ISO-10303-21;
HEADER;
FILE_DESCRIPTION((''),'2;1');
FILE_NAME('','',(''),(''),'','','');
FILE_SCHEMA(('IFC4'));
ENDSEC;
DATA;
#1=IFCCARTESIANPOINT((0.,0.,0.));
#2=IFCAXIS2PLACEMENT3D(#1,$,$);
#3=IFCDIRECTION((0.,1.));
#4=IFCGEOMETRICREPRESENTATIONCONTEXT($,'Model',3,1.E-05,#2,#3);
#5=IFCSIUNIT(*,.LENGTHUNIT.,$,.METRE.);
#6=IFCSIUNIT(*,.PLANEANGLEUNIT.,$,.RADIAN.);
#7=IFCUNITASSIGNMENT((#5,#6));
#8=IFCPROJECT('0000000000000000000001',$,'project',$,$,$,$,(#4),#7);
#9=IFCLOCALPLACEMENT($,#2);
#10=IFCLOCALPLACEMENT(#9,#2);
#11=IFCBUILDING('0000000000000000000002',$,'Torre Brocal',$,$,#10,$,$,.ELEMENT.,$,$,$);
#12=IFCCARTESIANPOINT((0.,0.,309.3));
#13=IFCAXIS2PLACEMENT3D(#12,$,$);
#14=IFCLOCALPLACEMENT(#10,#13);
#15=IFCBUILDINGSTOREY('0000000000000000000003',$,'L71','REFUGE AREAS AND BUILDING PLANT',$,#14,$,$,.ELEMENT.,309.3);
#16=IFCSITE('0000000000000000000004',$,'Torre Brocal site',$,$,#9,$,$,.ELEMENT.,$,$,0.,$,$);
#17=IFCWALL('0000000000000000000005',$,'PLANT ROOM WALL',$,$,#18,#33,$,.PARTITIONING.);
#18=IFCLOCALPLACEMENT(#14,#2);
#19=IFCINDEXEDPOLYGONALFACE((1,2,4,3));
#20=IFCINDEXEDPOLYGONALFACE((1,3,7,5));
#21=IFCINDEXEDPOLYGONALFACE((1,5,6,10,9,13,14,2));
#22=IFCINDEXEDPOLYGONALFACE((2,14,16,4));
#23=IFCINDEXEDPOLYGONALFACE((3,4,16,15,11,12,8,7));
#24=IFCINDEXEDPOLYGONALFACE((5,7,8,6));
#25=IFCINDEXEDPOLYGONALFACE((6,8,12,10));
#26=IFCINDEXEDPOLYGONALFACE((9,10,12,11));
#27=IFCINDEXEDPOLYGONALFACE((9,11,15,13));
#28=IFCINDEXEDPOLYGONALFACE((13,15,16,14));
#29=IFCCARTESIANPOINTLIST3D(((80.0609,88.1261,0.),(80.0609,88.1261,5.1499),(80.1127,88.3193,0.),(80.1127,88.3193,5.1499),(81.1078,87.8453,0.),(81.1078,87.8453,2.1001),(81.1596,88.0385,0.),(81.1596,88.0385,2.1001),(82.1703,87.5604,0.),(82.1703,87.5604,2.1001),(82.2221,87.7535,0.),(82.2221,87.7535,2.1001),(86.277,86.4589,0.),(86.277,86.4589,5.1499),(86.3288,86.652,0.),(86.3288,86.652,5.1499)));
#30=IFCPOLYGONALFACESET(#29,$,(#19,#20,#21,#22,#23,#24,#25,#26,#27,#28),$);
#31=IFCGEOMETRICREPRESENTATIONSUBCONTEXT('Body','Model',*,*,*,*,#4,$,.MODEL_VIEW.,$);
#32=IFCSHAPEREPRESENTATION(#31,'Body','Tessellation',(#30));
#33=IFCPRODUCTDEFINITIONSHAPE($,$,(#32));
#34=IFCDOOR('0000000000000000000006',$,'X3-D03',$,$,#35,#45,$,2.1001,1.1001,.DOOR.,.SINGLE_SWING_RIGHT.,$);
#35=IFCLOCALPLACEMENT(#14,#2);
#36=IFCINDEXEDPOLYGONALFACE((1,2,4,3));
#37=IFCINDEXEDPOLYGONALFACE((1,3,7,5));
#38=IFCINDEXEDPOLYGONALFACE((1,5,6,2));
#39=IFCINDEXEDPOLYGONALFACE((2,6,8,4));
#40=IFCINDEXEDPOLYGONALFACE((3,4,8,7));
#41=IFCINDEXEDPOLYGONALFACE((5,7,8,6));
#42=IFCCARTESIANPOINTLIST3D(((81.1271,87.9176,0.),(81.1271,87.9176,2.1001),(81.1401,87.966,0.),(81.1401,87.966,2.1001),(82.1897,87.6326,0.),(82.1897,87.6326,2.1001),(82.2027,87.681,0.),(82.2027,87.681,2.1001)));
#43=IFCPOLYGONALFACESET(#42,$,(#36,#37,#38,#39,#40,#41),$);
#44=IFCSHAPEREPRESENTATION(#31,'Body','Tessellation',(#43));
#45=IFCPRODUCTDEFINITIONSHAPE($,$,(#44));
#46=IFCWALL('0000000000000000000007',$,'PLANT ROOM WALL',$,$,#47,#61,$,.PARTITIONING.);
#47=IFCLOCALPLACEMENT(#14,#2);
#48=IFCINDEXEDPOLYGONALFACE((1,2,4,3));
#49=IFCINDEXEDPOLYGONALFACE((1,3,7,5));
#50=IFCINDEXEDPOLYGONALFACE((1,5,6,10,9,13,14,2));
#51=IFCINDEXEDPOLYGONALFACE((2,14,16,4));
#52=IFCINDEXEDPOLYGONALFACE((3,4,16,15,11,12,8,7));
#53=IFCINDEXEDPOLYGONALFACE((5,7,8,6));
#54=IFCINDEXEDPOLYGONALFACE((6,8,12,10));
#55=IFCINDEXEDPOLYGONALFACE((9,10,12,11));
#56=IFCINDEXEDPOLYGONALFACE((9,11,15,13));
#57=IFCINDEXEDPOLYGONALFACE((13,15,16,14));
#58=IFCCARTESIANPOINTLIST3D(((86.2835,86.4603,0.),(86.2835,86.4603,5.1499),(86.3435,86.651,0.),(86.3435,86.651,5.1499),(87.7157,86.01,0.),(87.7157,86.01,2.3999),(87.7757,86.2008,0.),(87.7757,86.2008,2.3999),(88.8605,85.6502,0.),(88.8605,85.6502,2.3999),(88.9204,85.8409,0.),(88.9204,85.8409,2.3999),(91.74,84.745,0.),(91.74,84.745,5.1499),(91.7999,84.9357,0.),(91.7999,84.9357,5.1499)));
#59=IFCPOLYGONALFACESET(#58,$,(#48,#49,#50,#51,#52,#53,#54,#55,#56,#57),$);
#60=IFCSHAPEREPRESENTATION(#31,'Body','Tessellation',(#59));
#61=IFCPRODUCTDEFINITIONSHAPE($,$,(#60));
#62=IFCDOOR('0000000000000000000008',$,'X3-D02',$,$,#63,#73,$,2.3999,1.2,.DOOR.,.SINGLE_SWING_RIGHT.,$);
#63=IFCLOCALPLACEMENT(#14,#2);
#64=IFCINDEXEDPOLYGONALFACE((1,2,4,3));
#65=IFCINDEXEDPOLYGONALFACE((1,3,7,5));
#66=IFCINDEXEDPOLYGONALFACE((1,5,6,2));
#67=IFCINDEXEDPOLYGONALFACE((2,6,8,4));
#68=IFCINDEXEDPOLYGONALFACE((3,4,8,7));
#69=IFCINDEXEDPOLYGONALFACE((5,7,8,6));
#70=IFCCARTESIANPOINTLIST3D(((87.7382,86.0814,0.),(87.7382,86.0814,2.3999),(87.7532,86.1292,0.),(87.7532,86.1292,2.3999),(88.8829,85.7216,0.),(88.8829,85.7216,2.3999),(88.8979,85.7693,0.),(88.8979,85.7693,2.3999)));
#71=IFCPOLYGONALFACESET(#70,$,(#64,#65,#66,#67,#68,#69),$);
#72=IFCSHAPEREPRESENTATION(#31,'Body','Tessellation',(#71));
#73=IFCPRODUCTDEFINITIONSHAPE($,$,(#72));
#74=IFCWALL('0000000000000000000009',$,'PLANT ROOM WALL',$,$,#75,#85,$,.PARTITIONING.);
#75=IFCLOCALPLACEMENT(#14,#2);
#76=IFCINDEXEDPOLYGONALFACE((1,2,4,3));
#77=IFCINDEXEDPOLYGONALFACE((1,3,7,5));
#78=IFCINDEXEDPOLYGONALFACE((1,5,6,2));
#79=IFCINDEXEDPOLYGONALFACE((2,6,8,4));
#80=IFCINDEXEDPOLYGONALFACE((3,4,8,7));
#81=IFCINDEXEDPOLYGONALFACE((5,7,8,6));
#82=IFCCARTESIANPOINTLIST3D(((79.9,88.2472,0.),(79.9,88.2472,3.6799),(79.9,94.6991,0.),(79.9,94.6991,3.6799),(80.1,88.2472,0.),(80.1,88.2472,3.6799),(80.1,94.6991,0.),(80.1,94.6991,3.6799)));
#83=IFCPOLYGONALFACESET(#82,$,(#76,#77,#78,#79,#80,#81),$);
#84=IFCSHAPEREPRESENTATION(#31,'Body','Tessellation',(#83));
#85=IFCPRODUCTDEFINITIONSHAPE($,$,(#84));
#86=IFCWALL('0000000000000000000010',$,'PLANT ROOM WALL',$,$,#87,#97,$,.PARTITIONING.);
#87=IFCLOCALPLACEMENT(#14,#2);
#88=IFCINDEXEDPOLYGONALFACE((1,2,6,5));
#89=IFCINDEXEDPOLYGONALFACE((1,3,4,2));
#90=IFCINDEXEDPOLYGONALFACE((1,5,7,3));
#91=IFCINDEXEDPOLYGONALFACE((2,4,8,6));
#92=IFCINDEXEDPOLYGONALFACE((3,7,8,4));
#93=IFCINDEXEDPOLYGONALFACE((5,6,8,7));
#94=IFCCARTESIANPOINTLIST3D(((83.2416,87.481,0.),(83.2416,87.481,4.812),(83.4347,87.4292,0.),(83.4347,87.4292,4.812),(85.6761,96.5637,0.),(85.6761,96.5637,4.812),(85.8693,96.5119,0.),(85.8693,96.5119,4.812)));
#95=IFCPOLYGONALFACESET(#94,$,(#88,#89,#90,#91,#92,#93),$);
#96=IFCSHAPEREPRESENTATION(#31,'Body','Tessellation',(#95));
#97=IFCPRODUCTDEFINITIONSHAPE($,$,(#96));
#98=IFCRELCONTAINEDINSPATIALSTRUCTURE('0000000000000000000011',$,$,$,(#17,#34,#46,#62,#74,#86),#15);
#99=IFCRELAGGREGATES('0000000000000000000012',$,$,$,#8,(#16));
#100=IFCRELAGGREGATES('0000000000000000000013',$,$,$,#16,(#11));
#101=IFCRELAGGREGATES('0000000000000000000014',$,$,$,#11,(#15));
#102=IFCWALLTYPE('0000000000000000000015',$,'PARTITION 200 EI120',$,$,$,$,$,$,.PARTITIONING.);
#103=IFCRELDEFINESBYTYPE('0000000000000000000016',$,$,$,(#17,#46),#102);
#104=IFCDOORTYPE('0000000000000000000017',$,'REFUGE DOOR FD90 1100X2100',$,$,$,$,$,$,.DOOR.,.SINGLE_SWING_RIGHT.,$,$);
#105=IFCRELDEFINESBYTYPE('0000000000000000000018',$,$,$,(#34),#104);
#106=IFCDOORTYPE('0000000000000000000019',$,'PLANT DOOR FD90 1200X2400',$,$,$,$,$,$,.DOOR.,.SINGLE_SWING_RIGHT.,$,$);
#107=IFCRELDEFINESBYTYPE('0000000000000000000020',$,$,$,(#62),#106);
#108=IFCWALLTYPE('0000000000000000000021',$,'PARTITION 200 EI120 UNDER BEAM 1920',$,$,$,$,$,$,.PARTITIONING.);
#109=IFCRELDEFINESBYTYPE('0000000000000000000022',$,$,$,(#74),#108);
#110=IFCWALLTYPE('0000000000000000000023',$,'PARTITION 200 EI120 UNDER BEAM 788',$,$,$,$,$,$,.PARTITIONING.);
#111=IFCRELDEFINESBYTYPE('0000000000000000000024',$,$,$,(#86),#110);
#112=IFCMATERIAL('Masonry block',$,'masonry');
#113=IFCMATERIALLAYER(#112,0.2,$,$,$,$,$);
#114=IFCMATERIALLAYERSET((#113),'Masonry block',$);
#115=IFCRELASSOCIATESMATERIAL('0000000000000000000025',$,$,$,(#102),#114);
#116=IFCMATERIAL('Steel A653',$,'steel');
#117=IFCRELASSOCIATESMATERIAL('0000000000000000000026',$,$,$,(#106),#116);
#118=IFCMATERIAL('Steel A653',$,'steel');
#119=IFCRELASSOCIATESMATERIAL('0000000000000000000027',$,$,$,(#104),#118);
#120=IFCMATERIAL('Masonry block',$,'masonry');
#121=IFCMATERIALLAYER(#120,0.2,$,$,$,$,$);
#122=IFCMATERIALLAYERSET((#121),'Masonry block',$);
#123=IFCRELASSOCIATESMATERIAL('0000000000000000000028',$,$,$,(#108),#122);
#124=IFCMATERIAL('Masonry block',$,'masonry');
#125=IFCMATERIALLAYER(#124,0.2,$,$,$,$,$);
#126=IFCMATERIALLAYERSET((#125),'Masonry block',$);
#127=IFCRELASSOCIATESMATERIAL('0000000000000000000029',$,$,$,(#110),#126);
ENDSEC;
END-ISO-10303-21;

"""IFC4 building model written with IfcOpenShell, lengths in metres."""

from ifc_helpers import new_model, si_unit, direction, frame, frame_2d, origin, place, context, subcontext, project, spatial, rectangle, extrude, material, layer, layer_set, type_object, element, fill, save


model = new_model("IFC4")

# Units and contexts
model_context = context("Model", 3, precision=1e-05, world=origin(), true_north=direction((0.0, 1.0)))
body_context = subcontext(model_context, "Body", "Model", "MODEL_VIEW")
ifc_project = project(units=[si_unit("LENGTHUNIT", "METRE"), si_unit("PLANEANGLEUNIT", "RADIAN")], contexts=[model_context])

# Site, building, storey
site_placement = place(None, origin())
site = spatial("IfcSite", under=ifc_project, at=site_placement, Name="Torre Brocal site", CompositionType="ELEMENT", RefElevation=0.0)
building_placement = place(site_placement, origin())
building = spatial("IfcBuilding", under=site, at=building_placement, Name="Torre Brocal", CompositionType="ELEMENT")
storey_placement = place(building_placement, frame((0.0, 0.0, 309.3)))
storey = spatial("IfcBuildingStorey", under=building, at=storey_placement, Name="L71", Description="REFUGE AREAS AND BUILDING PLANT", CompositionType="ELEMENT", Elevation=309.3)

# Walls, openings, doors
ifc_material_1 = material(Name="Masonry block", Category="masonry")
ifc_layer_1 = layer(ifc_material_1, 0.2)
ifc_layer_set_1 = layer_set([ifc_layer_1], Name="Masonry block")
wall_type_1 = type_object("IfcWallType", Name="PARTITION 200 EI120", PredefinedType="PARTITIONING", material=ifc_layer_set_1)
ifc_material_2 = material(Name="Steel A653", Category="steel")
door_type_1 = type_object("IfcDoorType", Name="PLANT DOOR FD90 1200X2400", OperationType="SINGLE_SWING_RIGHT", PredefinedType="DOOR", material=ifc_material_2)
wall_1_placement = place(storey_placement, frame((80.0869, 88.2227, 0.0), z_axis=(0.0, 0.0, 1.0), x_axis=(0.965862, -0.259058, 0.0)))
wall_1 = element("IfcWall", 1, at=wall_1_placement, inside=storey, type_object=wall_type_1, Name="PLANT ROOM WALL", PredefinedType="PARTITIONING", context=body_context, shape_type="SweptSolid", body=[
    extrude(rectangle(XDim=6.4358, YDim=0.2, at=frame_2d((3.2178, 0.0))), origin(), (0.0, 0.0, 1.0), 5.1499),
])
opening_1_placement = place(wall_1_placement, frame((1.0837, 0.0, 0.0)))
opening_1 = element("IfcOpeningElement", 2, at=opening_1_placement, cuts=wall_1, PredefinedType="OPENING", context=body_context, shape_type="SweptSolid", body=[
    extrude(rectangle(XDim=1.1001, YDim=2.1001, at=frame_2d((0.55, 1.05))), frame((0.0, 0.1099, 0.0), z_axis=(0.0, -1.0, 0.0), x_axis=(1.0, 0.0, 0.0)), (0.0, 0.0, 1.0), 0.22),
])
ifc_material_3 = material(Name="Steel A653", Category="steel")
door_type_2 = type_object("IfcDoorType", Name="REFUGE DOOR FD90 1100X2100", OperationType="SINGLE_SWING_RIGHT", PredefinedType="DOOR", material=ifc_material_3)
door_1_placement = place(opening_1_placement, origin())
door_1 = element("IfcDoor", 3, at=door_1_placement, inside=storey, type_object=door_type_2, Name="X3-D03", OperationType="SINGLE_SWING_RIGHT", OverallHeight=2.1001, OverallWidth=1.1001, PredefinedType="DOOR", context=body_context, shape_type="SweptSolid", body=[
    extrude(rectangle(XDim=1.1001, YDim=2.1001, at=frame_2d((0.55, 1.05))), frame((0.0, 0.0249, 0.0), z_axis=(0.0, -1.0, 0.0), x_axis=(1.0, 0.0, 0.0)), (0.0, 0.0, 1.0), 0.05),
])
fill(opening_1, door_1)
wall_2_placement = place(storey_placement, frame((86.3135, 86.5557, 0.0), z_axis=(0.0, 0.0, 1.0), x_axis=(0.953973, -0.299893, 0.0)))
wall_2 = element("IfcWall", 4, at=wall_2_placement, inside=storey, type_object=wall_type_1, Name="PLANT ROOM WALL", PredefinedType="PARTITIONING", context=body_context, shape_type="SweptSolid", body=[
    extrude(rectangle(XDim=5.7197, YDim=0.2, at=frame_2d((2.8599, 0.0))), origin(), (0.0, 0.0, 1.0), 5.1499),
])
opening_2_placement = place(wall_2_placement, frame((1.5012, 0.0, 0.0)))
opening_2 = element("IfcOpeningElement", 5, at=opening_2_placement, cuts=wall_2, PredefinedType="OPENING", context=body_context, shape_type="SweptSolid", body=[
    extrude(rectangle(XDim=1.2, YDim=2.3999, at=frame_2d((0.6001, 1.2))), frame((0.0, 0.1099, 0.0), z_axis=(0.0, -1.0, 0.0), x_axis=(1.0, 0.0, 0.0)), (0.0, 0.0, 1.0), 0.22),
])
door_2_placement = place(opening_2_placement, origin())
door_2 = element("IfcDoor", 6, at=door_2_placement, inside=storey, type_object=door_type_1, Name="X3-D02", OperationType="SINGLE_SWING_RIGHT", OverallHeight=2.3999, OverallWidth=1.2, PredefinedType="DOOR", context=body_context, shape_type="SweptSolid", body=[
    extrude(rectangle(XDim=1.2, YDim=2.3999, at=frame_2d((0.6001, 1.2))), frame((0.0, 0.0249, 0.0), z_axis=(0.0, -1.0, 0.0), x_axis=(1.0, 0.0, 0.0)), (0.0, 0.0, 1.0), 0.05),
])
fill(opening_2, door_2)

# Walls
ifc_material_4 = material(Name="Masonry block", Category="masonry")
ifc_layer_2 = layer(ifc_material_4, 0.2)
ifc_layer_set_2 = layer_set([ifc_layer_2], Name="Masonry block")
wall_type_2 = type_object("IfcWallType", Name="PARTITION 200 EI120 UNDER BEAM 1920", PredefinedType="PARTITIONING", material=ifc_layer_set_2)
wall_3_placement = place(storey_placement, frame((80.0, 88.2471, 0.0), z_axis=(0.0, 0.0, 1.0), x_axis=(0.0, 1.0, 0.0)))
element("IfcWall", 7, at=wall_3_placement, inside=storey, type_object=wall_type_2, Name="PLANT ROOM WALL", PredefinedType="PARTITIONING", context=body_context, shape_type="SweptSolid", body=[
    extrude(rectangle(XDim=6.4519, YDim=0.2, at=frame_2d((3.2261, 0.0))), origin(), (0.0, 0.0, 1.0), 3.6799),
])
ifc_material_5 = material(Name="Masonry block", Category="masonry")
ifc_layer_3 = layer(ifc_material_5, 0.2)
ifc_layer_set_3 = layer_set([ifc_layer_3], Name="Masonry block")
wall_type_3 = type_object("IfcWallType", Name="PARTITION 200 EI120 UNDER BEAM 788", PredefinedType="PARTITIONING", material=ifc_layer_set_3)
wall_4_placement = place(storey_placement, frame((83.3381, 87.4551, 0.0), z_axis=(0.0, 0.0, 1.0), x_axis=(0.258903, 0.965903, 0.0)))
element("IfcWall", 8, at=wall_4_placement, inside=storey, type_object=wall_type_3, Name="PLANT ROOM WALL", PredefinedType="PARTITIONING", context=body_context, shape_type="SweptSolid", body=[
    extrude(rectangle(XDim=9.4033, YDim=0.2, at=frame_2d((4.7017, 0.0))), origin(), (0.0, 0.0, 1.0), 4.812),
])

save(model, "model.ifc")
